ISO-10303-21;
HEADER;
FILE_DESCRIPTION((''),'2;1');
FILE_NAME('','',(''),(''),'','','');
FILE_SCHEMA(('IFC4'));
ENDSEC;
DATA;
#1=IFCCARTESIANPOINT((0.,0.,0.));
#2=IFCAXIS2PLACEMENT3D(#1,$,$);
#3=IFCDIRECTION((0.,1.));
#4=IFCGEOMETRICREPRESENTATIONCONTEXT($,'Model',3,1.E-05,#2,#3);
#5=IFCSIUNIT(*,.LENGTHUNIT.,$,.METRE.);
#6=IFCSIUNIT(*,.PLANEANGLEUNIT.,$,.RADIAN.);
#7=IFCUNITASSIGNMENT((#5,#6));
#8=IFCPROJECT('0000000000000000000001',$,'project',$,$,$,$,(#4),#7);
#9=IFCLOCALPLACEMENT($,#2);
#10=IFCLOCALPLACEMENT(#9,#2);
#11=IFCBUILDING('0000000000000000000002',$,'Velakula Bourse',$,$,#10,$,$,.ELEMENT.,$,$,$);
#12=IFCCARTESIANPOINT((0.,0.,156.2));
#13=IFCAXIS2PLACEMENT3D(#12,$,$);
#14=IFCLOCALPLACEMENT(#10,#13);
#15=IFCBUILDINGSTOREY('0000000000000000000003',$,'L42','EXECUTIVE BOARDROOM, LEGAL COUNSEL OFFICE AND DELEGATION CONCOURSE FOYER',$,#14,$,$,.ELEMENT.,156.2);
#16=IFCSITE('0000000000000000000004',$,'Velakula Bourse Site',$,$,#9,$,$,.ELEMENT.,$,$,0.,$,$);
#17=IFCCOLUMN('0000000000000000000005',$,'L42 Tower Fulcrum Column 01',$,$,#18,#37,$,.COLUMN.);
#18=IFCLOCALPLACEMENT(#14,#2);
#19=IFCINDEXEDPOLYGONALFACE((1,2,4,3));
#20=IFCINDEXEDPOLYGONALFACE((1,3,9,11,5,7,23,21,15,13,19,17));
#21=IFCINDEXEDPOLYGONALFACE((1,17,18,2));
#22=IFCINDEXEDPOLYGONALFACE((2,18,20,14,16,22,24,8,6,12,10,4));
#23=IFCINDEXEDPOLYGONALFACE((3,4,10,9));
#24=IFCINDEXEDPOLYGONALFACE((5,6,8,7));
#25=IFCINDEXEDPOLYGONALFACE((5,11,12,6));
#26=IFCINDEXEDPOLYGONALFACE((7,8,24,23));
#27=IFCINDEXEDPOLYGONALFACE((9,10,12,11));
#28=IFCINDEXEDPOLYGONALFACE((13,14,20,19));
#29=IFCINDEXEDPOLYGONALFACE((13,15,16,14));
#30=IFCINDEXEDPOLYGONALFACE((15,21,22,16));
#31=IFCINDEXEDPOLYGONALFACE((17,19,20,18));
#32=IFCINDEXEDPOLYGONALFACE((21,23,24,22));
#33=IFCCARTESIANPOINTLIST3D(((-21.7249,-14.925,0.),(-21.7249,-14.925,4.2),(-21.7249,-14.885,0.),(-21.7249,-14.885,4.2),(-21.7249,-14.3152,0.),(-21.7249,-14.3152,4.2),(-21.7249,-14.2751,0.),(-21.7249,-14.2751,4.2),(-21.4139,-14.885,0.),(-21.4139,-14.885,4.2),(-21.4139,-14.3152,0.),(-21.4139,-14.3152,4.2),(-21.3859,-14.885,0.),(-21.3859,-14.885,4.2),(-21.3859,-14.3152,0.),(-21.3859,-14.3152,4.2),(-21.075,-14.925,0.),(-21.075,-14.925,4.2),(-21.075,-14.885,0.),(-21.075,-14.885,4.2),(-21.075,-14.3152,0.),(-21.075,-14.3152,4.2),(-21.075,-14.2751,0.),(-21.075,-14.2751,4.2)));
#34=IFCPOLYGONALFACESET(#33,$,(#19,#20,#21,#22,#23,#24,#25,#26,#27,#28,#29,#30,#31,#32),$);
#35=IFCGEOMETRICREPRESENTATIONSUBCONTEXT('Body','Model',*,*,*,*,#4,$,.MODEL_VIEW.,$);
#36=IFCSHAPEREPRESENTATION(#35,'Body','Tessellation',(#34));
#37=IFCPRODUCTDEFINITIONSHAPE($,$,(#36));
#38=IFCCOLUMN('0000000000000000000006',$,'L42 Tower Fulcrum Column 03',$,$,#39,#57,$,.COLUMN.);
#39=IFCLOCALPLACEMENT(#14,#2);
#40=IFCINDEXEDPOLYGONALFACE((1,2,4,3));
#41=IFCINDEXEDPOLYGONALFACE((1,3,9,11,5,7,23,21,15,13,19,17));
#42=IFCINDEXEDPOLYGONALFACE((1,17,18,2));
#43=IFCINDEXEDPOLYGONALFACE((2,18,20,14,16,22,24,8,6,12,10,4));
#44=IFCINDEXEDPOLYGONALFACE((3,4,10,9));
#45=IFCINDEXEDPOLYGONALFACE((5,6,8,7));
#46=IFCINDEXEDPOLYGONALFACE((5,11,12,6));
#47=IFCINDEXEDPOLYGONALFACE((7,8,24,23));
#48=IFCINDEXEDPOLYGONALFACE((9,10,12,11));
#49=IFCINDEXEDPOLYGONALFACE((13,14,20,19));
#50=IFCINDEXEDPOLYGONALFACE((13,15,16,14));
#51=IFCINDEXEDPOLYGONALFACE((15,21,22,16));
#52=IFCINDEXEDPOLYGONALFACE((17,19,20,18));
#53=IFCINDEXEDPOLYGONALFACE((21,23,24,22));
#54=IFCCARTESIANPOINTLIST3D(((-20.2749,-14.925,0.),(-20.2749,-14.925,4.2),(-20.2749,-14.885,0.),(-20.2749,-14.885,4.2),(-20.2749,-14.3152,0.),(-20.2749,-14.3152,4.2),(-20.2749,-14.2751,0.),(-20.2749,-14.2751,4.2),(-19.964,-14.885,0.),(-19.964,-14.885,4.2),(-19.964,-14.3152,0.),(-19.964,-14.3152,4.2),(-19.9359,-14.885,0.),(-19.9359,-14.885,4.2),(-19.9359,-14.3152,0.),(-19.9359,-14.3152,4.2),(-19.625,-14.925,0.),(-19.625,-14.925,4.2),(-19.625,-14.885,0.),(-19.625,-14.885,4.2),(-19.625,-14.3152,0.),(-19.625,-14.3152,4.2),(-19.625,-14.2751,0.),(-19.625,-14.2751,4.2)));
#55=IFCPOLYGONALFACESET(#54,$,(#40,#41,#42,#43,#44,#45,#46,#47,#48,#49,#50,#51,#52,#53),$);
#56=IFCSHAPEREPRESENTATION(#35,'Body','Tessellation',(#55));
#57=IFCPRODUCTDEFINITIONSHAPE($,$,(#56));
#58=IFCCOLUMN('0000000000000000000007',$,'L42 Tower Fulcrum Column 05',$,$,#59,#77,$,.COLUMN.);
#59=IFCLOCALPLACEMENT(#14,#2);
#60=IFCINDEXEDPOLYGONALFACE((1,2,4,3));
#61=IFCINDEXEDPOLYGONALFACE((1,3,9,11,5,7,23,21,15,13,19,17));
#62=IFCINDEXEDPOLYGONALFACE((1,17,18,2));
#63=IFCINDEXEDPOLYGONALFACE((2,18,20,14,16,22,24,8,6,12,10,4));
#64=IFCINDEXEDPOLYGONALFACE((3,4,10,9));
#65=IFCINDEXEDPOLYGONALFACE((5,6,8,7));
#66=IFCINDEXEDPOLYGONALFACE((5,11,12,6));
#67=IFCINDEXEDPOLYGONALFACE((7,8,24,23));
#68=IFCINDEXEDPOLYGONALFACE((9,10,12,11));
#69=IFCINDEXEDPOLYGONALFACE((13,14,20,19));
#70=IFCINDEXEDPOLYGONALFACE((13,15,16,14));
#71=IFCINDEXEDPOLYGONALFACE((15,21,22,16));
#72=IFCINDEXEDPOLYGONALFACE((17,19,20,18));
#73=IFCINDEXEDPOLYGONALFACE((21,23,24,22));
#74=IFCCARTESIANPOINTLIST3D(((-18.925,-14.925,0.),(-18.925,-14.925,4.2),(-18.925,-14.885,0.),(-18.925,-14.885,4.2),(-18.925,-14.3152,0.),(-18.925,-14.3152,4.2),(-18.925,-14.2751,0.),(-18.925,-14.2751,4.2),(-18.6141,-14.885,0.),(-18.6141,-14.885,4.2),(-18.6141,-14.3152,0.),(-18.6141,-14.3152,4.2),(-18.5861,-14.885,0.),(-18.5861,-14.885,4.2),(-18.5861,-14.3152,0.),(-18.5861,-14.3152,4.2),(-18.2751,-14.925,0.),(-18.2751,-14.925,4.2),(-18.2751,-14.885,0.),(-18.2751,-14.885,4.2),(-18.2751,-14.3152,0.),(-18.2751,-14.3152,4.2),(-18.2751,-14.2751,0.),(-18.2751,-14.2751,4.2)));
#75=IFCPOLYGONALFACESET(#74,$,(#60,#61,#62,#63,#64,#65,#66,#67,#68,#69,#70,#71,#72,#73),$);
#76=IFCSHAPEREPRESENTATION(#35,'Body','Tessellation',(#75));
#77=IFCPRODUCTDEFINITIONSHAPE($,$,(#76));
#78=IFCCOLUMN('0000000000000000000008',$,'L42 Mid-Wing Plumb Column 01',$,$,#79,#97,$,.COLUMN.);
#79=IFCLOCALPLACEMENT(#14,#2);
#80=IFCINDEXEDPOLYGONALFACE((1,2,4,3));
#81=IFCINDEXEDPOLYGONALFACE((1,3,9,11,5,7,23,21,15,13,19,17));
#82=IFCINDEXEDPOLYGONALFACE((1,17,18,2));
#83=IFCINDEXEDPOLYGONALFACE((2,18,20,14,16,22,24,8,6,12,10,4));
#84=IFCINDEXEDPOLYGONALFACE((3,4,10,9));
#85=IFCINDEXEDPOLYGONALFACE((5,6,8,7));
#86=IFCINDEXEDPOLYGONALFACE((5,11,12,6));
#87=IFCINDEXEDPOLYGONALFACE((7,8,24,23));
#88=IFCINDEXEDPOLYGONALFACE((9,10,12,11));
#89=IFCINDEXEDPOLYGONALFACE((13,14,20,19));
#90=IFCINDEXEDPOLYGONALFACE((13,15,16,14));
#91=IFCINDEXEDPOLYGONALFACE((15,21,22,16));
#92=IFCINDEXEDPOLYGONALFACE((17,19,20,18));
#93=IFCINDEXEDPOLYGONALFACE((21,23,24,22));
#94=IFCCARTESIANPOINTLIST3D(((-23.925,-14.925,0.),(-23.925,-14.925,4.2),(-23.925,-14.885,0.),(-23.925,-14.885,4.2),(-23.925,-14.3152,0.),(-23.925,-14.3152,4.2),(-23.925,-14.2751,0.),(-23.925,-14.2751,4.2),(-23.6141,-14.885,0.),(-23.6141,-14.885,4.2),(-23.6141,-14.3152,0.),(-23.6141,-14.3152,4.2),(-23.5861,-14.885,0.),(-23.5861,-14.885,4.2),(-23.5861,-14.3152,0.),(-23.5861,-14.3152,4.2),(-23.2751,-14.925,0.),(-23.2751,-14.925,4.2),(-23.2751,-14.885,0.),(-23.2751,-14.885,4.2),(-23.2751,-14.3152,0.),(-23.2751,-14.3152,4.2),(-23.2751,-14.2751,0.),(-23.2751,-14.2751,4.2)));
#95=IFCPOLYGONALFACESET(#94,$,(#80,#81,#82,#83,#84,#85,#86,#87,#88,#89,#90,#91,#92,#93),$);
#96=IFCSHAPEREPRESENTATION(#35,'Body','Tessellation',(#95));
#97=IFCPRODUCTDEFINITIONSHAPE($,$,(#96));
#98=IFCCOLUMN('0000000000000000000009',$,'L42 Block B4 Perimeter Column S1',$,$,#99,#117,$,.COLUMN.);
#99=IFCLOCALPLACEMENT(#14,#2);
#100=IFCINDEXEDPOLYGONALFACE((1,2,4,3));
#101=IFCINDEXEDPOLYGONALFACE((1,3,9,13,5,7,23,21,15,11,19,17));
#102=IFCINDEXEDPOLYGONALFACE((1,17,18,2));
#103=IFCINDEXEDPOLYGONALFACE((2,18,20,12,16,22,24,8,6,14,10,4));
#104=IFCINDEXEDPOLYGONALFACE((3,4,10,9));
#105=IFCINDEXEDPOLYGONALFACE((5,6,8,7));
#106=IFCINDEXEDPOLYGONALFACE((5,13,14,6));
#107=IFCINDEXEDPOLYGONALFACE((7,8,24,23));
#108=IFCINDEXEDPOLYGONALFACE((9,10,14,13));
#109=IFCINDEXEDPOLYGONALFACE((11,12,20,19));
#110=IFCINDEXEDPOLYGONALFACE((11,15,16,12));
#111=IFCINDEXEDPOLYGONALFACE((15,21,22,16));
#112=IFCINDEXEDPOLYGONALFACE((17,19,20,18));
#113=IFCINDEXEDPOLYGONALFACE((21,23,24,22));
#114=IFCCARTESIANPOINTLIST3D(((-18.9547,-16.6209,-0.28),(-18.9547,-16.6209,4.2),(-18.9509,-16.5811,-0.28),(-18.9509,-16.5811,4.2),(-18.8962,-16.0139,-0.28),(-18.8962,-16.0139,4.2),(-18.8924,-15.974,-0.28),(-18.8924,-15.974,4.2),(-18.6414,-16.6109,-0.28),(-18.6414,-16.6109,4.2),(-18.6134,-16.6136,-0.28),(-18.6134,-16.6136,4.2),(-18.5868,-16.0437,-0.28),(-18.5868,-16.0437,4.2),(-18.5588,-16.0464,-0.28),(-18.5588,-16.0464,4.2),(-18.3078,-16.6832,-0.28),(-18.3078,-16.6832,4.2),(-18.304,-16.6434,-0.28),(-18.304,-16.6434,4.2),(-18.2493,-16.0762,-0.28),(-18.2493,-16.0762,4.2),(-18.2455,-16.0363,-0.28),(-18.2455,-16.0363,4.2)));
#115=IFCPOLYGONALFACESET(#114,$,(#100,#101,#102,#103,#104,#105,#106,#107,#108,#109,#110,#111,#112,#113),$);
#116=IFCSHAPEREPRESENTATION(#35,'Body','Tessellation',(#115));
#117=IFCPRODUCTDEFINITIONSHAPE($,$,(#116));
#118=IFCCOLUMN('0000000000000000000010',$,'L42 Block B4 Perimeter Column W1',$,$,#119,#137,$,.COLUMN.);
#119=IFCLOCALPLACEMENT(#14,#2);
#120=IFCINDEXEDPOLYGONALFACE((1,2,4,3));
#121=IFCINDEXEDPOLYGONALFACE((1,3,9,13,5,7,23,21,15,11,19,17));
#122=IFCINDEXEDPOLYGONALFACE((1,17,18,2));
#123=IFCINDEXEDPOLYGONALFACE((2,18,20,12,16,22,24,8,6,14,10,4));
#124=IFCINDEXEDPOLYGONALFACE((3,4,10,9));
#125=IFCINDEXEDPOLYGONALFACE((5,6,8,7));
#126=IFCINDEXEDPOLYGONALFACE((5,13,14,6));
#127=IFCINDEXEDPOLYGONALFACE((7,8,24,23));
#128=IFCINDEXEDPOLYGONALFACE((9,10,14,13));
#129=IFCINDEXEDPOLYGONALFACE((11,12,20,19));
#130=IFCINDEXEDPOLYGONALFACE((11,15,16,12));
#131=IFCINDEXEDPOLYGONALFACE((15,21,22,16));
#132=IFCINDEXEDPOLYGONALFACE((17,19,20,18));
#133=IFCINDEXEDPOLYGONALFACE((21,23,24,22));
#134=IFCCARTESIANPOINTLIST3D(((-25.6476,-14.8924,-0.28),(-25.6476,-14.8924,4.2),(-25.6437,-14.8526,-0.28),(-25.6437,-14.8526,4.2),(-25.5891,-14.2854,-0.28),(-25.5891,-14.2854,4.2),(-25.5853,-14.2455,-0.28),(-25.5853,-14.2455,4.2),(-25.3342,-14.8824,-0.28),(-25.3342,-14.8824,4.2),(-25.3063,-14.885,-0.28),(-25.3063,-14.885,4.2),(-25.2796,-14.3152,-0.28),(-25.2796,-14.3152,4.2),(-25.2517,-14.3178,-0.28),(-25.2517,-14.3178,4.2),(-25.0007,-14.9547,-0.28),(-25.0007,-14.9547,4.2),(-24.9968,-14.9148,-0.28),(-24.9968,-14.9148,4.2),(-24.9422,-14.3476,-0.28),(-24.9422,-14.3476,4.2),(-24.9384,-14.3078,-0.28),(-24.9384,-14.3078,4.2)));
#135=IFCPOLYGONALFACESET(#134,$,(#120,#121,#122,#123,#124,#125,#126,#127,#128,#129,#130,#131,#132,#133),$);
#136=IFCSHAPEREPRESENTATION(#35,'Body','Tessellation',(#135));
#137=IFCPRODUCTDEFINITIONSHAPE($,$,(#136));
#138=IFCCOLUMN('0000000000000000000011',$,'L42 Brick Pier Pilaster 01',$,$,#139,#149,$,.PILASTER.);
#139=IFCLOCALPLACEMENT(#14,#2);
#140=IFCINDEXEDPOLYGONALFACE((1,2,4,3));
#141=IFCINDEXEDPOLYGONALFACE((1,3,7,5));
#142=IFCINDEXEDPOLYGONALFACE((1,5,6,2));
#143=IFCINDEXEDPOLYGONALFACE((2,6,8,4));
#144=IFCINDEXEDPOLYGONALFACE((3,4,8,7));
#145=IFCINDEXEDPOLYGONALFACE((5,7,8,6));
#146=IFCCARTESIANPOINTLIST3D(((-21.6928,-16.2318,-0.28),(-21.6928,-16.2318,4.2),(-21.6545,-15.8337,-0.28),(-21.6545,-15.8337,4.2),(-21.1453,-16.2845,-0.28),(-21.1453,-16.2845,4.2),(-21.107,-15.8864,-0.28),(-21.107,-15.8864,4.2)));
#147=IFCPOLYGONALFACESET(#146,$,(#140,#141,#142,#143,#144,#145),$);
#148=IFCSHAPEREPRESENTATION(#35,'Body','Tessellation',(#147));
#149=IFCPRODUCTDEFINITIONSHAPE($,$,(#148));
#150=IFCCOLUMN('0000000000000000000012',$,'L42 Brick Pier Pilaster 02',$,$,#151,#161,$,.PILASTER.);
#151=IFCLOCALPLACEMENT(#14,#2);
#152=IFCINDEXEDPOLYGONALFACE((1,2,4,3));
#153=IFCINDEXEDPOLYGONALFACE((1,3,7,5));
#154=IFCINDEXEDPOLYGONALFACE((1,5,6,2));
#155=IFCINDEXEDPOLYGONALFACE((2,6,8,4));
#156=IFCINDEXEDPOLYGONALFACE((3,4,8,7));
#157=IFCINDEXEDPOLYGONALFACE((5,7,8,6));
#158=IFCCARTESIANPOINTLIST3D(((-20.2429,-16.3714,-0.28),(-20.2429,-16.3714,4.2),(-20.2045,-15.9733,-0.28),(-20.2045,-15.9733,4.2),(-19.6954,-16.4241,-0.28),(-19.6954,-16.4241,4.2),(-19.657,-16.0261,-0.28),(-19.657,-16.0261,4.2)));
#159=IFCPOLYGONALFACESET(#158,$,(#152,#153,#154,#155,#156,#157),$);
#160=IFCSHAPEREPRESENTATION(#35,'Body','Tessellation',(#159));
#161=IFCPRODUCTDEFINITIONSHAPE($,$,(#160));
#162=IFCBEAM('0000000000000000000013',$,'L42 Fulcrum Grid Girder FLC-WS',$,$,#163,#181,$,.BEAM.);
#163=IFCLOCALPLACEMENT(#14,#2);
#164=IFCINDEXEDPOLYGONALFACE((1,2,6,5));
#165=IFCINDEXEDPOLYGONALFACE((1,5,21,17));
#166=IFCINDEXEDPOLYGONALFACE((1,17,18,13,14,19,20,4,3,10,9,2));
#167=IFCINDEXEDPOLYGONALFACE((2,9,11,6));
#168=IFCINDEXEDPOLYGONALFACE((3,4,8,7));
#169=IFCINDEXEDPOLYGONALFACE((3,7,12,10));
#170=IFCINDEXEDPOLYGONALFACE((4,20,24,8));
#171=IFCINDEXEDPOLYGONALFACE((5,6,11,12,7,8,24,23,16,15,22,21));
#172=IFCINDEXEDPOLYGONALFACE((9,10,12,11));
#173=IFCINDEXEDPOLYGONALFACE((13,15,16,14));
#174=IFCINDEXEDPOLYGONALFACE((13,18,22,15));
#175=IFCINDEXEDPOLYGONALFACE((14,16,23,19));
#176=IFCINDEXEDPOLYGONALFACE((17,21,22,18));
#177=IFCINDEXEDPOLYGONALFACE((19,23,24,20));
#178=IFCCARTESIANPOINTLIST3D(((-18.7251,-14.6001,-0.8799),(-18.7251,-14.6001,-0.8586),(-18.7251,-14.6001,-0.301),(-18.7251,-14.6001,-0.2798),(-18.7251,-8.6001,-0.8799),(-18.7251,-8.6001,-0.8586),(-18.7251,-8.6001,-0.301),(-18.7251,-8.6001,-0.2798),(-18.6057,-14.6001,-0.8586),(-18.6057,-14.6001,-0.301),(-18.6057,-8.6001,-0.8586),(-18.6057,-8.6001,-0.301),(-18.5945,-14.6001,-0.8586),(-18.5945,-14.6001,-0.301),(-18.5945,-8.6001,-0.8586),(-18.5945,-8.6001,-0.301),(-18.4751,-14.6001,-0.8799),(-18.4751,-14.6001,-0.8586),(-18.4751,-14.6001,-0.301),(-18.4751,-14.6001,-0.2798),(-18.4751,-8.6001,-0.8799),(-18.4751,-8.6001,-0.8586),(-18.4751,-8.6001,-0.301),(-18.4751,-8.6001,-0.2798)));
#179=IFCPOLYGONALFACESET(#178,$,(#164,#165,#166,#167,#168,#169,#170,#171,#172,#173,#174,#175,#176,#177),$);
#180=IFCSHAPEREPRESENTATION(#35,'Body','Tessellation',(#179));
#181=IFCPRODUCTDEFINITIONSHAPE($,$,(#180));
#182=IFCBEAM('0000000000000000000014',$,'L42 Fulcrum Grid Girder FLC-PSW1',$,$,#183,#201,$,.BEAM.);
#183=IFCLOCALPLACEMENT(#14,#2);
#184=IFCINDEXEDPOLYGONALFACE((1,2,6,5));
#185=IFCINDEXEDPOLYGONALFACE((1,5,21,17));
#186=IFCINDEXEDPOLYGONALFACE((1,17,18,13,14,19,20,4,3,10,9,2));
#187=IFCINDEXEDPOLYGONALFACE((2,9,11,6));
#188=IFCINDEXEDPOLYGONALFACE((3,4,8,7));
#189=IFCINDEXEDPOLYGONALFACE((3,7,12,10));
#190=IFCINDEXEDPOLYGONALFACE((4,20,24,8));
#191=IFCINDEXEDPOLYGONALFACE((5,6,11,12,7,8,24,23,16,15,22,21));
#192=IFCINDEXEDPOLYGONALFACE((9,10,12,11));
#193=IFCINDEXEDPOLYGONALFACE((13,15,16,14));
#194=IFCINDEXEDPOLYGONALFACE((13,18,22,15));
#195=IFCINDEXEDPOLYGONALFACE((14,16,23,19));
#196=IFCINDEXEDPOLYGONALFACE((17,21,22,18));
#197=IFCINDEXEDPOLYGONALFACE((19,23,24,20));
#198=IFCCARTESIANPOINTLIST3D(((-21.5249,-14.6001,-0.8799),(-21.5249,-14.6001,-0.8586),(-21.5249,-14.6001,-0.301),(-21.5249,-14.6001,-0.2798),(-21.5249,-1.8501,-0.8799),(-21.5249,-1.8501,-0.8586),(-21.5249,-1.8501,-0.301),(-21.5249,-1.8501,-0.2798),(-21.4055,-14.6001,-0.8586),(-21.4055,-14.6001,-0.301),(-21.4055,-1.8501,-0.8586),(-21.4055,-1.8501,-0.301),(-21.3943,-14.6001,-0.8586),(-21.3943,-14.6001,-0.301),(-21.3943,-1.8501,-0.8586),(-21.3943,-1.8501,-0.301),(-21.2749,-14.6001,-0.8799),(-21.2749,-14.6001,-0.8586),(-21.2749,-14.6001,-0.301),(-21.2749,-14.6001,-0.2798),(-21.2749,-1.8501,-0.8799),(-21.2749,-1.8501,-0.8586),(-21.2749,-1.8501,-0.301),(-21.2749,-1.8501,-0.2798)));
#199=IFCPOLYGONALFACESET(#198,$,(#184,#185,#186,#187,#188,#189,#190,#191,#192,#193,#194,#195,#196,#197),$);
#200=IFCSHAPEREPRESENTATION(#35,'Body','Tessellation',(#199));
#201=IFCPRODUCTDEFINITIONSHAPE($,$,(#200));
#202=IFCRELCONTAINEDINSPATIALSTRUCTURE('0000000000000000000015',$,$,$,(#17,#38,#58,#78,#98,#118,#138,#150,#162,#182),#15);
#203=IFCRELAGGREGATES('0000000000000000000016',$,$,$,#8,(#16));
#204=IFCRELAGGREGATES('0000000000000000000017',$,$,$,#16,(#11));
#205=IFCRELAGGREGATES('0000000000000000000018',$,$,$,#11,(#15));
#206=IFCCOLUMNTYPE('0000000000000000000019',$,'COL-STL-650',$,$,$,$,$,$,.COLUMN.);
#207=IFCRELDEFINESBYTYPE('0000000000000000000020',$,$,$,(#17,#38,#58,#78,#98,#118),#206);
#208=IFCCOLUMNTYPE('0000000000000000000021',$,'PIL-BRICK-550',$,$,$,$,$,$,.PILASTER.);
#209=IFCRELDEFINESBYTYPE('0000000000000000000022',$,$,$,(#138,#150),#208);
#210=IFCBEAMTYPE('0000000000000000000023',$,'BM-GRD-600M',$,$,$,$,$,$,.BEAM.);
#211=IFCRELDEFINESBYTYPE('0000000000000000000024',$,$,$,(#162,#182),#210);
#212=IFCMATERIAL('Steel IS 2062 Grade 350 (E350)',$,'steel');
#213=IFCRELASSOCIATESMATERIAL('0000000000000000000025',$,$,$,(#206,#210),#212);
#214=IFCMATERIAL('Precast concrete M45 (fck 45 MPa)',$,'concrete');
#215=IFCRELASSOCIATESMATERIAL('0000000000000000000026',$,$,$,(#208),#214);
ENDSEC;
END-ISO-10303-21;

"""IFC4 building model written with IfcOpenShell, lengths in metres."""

from ifc_helpers import new_model, si_unit, direction, frame, origin, origin_2d, place, context, subcontext, project, spatial, rectangle, i_section, extrude, material, material_profile, profile_set, type_object, element, save


model = new_model("IFC4")

# Units and contexts
model_context = context("Model", 3, precision=1e-05, world=origin(), true_north=direction((0.0, 1.0)))
body_context = subcontext(model_context, "Body", "Model", "MODEL_VIEW")
ifc_project = project(units=[si_unit("LENGTHUNIT", "METRE"), si_unit("PLANEANGLEUNIT", "RADIAN")], contexts=[model_context])

# Site, building, storey
site_placement = place(None, origin())
site = spatial("IfcSite", under=ifc_project, at=site_placement, Name="Velakula Bourse Site", CompositionType="ELEMENT", RefElevation=0.0)
building_placement = place(site_placement, origin())
building = spatial("IfcBuilding", under=site, at=building_placement, Name="Velakula Bourse", CompositionType="ELEMENT")
storey_placement = place(building_placement, frame((0.0, 0.0, 156.2)))
storey = spatial("IfcBuildingStorey", under=building, at=storey_placement, Name="L42", Description="EXECUTIVE BOARDROOM, LEGAL COUNSEL OFFICE AND DELEGATION CONCOURSE FOYER", CompositionType="ELEMENT", Elevation=156.2)

# Columns
ifc_material_1 = material(Name="Steel IS 2062 Grade 350 (E350)", Category="steel")
ifc_material_profile_1 = material_profile(ifc_material_1, i_section(OverallWidth=0.6499, OverallDepth=0.6499, WebThickness=0.0281, FlangeThickness=0.04, at=origin_2d()), Name="Steel IS 2062 Grade 350 (E350)")
ifc_profile_set_1 = profile_set([ifc_material_profile_1], Name="Steel IS 2062 Grade 350 (E350)")
column_type_1 = type_object("IfcColumnType", Name="COL-STL-650", PredefinedType="COLUMN", material=ifc_profile_set_1)
for number, where, z_axis, x_axis, name in (
    (1, (-21.3999, -14.6001, 0.0), (0.0, 0.0, 1.0), (1.0, 0.0, 0.0), "L42 Tower Fulcrum Column 01"),
    (2, (-19.95, -14.6001, 0.0), (0.0, 0.0, 1.0), (1.0, 0.0, 0.0), "L42 Tower Fulcrum Column 03"),
    (3, (-18.6001, -14.6001, 0.0), (0.0, 0.0, 1.0), (1.0, 0.0, 0.0), "L42 Tower Fulcrum Column 05"),
    (4, (-23.6001, -14.6001, 0.0), (0.0, 0.0, 1.0), (1.0, 0.0, 0.0), "L42 Mid-Wing Plumb Column 01"),
):
    element("IfcColumn", number, at=place(storey_placement, frame(where, z_axis=z_axis, x_axis=x_axis)), inside=storey, type_object=column_type_1, Name=name, PredefinedType="COLUMN", context=body_context, shape_type="SweptSolid", body=[
        extrude(i_section(OverallWidth=0.6499, OverallDepth=0.6499, WebThickness=0.0281, FlangeThickness=0.04, at=origin_2d()), origin(), (0.0, 0.0, 1.0), 4.2),
    ])
for number, where, z_axis, x_axis, name in (
    (5, (-18.6001, -16.3286, -0.28), (0.0, 0.0, 1.0), (0.995396, -0.095846, 0.0), "L42 Block B4 Perimeter Column S1"),
    (6, (-25.293, -14.6001, -0.28), (0.0, 0.0, 1.0), (0.995396, -0.095846, 0.0), "L42 Block B4 Perimeter Column W1"),
):
    element("IfcColumn", number, at=place(storey_placement, frame(where, z_axis=z_axis, x_axis=x_axis)), inside=storey, type_object=column_type_1, Name=name, PredefinedType="COLUMN", context=body_context, shape_type="SweptSolid", body=[
        extrude(i_section(OverallWidth=0.6499, OverallDepth=0.6499, WebThickness=0.0281, FlangeThickness=0.04, at=origin_2d()), origin(), (0.0, 0.0, 1.0), 4.48),
    ])
ifc_material_2 = material(Name="Precast concrete M45 (fck 45 MPa)", Category="concrete")
ifc_material_profile_2 = material_profile(ifc_material_2, rectangle(XDim=0.55, YDim=0.3999, at=origin_2d()), Name="Precast concrete M45 (fck 45 MPa)")
ifc_profile_set_2 = profile_set([ifc_material_profile_2], Name="Precast concrete M45 (fck 45 MPa)")
column_type_2 = type_object("IfcColumnType", Name="PIL-BRICK-550", PredefinedType="PILASTER", material=ifc_profile_set_2)
for number, where, z_axis, x_axis, name in (
    (7, (-21.3999, -16.0591, -0.28), (0.0, 0.0, 1.0), (0.995396, -0.095846, 0.0), "L42 Brick Pier Pilaster 01"),
    (8, (-19.95, -16.1987, -0.28), (0.0, 0.0, 1.0), (0.995396, -0.095846, 0.0), "L42 Brick Pier Pilaster 02"),
):
    element("IfcColumn", number, at=place(storey_placement, frame(where, z_axis=z_axis, x_axis=x_axis)), inside=storey, type_object=column_type_2, Name=name, PredefinedType="PILASTER", context=body_context, shape_type="SweptSolid", body=[
        extrude(rectangle(XDim=0.55, YDim=0.3999, at=origin_2d()), origin(), (0.0, 0.0, 1.0), 4.48),
    ])

# Beams
ifc_material_profile_3 = material_profile(ifc_material_1, i_section(OverallWidth=0.25, OverallDepth=0.6001, WebThickness=0.0112, FlangeThickness=0.0212, at=origin_2d()), Name="Steel IS 2062 Grade 350 (E350)")
ifc_profile_set_3 = profile_set([ifc_material_profile_3], Name="Steel IS 2062 Grade 350 (E350)")
beam_type_1 = type_object("IfcBeamType", Name="BM-GRD-600M", PredefinedType="BEAM", material=ifc_profile_set_3)
beam_1_placement = place(storey_placement, frame((-18.6001, -14.6001, -0.5798), z_axis=(0.0, 1.0, 0.0), x_axis=(-1.0, 0.0, 0.0)))
element("IfcBeam", 9, at=beam_1_placement, inside=storey, type_object=beam_type_1, Name="L42 Fulcrum Grid Girder FLC-WS", PredefinedType="BEAM", context=body_context, shape_type="SweptSolid", body=[
    extrude(i_section(OverallWidth=0.25, OverallDepth=0.6001, WebThickness=0.0112, FlangeThickness=0.0212, at=origin_2d()), origin(), (0.0, 0.0, 1.0), 6.0),
])
for number, where, z_axis, x_axis, name in (
    (10, (-21.3999, -14.6001, -0.5798), (0.0, 1.0, 0.0), (-1.0, 0.0, 0.0), "L42 Fulcrum Grid Girder FLC-PSW1"),
):
    element("IfcBeam", number, at=place(storey_placement, frame(where, z_axis=z_axis, x_axis=x_axis)), inside=storey, type_object=beam_type_1, Name=name, PredefinedType="BEAM", context=body_context, shape_type="SweptSolid", body=[
        extrude(i_section(OverallWidth=0.25, OverallDepth=0.6001, WebThickness=0.0112, FlangeThickness=0.0212, at=origin_2d()), origin(), (0.0, 0.0, 1.0), 12.75),
    ])

save(model, "model.ifc")
